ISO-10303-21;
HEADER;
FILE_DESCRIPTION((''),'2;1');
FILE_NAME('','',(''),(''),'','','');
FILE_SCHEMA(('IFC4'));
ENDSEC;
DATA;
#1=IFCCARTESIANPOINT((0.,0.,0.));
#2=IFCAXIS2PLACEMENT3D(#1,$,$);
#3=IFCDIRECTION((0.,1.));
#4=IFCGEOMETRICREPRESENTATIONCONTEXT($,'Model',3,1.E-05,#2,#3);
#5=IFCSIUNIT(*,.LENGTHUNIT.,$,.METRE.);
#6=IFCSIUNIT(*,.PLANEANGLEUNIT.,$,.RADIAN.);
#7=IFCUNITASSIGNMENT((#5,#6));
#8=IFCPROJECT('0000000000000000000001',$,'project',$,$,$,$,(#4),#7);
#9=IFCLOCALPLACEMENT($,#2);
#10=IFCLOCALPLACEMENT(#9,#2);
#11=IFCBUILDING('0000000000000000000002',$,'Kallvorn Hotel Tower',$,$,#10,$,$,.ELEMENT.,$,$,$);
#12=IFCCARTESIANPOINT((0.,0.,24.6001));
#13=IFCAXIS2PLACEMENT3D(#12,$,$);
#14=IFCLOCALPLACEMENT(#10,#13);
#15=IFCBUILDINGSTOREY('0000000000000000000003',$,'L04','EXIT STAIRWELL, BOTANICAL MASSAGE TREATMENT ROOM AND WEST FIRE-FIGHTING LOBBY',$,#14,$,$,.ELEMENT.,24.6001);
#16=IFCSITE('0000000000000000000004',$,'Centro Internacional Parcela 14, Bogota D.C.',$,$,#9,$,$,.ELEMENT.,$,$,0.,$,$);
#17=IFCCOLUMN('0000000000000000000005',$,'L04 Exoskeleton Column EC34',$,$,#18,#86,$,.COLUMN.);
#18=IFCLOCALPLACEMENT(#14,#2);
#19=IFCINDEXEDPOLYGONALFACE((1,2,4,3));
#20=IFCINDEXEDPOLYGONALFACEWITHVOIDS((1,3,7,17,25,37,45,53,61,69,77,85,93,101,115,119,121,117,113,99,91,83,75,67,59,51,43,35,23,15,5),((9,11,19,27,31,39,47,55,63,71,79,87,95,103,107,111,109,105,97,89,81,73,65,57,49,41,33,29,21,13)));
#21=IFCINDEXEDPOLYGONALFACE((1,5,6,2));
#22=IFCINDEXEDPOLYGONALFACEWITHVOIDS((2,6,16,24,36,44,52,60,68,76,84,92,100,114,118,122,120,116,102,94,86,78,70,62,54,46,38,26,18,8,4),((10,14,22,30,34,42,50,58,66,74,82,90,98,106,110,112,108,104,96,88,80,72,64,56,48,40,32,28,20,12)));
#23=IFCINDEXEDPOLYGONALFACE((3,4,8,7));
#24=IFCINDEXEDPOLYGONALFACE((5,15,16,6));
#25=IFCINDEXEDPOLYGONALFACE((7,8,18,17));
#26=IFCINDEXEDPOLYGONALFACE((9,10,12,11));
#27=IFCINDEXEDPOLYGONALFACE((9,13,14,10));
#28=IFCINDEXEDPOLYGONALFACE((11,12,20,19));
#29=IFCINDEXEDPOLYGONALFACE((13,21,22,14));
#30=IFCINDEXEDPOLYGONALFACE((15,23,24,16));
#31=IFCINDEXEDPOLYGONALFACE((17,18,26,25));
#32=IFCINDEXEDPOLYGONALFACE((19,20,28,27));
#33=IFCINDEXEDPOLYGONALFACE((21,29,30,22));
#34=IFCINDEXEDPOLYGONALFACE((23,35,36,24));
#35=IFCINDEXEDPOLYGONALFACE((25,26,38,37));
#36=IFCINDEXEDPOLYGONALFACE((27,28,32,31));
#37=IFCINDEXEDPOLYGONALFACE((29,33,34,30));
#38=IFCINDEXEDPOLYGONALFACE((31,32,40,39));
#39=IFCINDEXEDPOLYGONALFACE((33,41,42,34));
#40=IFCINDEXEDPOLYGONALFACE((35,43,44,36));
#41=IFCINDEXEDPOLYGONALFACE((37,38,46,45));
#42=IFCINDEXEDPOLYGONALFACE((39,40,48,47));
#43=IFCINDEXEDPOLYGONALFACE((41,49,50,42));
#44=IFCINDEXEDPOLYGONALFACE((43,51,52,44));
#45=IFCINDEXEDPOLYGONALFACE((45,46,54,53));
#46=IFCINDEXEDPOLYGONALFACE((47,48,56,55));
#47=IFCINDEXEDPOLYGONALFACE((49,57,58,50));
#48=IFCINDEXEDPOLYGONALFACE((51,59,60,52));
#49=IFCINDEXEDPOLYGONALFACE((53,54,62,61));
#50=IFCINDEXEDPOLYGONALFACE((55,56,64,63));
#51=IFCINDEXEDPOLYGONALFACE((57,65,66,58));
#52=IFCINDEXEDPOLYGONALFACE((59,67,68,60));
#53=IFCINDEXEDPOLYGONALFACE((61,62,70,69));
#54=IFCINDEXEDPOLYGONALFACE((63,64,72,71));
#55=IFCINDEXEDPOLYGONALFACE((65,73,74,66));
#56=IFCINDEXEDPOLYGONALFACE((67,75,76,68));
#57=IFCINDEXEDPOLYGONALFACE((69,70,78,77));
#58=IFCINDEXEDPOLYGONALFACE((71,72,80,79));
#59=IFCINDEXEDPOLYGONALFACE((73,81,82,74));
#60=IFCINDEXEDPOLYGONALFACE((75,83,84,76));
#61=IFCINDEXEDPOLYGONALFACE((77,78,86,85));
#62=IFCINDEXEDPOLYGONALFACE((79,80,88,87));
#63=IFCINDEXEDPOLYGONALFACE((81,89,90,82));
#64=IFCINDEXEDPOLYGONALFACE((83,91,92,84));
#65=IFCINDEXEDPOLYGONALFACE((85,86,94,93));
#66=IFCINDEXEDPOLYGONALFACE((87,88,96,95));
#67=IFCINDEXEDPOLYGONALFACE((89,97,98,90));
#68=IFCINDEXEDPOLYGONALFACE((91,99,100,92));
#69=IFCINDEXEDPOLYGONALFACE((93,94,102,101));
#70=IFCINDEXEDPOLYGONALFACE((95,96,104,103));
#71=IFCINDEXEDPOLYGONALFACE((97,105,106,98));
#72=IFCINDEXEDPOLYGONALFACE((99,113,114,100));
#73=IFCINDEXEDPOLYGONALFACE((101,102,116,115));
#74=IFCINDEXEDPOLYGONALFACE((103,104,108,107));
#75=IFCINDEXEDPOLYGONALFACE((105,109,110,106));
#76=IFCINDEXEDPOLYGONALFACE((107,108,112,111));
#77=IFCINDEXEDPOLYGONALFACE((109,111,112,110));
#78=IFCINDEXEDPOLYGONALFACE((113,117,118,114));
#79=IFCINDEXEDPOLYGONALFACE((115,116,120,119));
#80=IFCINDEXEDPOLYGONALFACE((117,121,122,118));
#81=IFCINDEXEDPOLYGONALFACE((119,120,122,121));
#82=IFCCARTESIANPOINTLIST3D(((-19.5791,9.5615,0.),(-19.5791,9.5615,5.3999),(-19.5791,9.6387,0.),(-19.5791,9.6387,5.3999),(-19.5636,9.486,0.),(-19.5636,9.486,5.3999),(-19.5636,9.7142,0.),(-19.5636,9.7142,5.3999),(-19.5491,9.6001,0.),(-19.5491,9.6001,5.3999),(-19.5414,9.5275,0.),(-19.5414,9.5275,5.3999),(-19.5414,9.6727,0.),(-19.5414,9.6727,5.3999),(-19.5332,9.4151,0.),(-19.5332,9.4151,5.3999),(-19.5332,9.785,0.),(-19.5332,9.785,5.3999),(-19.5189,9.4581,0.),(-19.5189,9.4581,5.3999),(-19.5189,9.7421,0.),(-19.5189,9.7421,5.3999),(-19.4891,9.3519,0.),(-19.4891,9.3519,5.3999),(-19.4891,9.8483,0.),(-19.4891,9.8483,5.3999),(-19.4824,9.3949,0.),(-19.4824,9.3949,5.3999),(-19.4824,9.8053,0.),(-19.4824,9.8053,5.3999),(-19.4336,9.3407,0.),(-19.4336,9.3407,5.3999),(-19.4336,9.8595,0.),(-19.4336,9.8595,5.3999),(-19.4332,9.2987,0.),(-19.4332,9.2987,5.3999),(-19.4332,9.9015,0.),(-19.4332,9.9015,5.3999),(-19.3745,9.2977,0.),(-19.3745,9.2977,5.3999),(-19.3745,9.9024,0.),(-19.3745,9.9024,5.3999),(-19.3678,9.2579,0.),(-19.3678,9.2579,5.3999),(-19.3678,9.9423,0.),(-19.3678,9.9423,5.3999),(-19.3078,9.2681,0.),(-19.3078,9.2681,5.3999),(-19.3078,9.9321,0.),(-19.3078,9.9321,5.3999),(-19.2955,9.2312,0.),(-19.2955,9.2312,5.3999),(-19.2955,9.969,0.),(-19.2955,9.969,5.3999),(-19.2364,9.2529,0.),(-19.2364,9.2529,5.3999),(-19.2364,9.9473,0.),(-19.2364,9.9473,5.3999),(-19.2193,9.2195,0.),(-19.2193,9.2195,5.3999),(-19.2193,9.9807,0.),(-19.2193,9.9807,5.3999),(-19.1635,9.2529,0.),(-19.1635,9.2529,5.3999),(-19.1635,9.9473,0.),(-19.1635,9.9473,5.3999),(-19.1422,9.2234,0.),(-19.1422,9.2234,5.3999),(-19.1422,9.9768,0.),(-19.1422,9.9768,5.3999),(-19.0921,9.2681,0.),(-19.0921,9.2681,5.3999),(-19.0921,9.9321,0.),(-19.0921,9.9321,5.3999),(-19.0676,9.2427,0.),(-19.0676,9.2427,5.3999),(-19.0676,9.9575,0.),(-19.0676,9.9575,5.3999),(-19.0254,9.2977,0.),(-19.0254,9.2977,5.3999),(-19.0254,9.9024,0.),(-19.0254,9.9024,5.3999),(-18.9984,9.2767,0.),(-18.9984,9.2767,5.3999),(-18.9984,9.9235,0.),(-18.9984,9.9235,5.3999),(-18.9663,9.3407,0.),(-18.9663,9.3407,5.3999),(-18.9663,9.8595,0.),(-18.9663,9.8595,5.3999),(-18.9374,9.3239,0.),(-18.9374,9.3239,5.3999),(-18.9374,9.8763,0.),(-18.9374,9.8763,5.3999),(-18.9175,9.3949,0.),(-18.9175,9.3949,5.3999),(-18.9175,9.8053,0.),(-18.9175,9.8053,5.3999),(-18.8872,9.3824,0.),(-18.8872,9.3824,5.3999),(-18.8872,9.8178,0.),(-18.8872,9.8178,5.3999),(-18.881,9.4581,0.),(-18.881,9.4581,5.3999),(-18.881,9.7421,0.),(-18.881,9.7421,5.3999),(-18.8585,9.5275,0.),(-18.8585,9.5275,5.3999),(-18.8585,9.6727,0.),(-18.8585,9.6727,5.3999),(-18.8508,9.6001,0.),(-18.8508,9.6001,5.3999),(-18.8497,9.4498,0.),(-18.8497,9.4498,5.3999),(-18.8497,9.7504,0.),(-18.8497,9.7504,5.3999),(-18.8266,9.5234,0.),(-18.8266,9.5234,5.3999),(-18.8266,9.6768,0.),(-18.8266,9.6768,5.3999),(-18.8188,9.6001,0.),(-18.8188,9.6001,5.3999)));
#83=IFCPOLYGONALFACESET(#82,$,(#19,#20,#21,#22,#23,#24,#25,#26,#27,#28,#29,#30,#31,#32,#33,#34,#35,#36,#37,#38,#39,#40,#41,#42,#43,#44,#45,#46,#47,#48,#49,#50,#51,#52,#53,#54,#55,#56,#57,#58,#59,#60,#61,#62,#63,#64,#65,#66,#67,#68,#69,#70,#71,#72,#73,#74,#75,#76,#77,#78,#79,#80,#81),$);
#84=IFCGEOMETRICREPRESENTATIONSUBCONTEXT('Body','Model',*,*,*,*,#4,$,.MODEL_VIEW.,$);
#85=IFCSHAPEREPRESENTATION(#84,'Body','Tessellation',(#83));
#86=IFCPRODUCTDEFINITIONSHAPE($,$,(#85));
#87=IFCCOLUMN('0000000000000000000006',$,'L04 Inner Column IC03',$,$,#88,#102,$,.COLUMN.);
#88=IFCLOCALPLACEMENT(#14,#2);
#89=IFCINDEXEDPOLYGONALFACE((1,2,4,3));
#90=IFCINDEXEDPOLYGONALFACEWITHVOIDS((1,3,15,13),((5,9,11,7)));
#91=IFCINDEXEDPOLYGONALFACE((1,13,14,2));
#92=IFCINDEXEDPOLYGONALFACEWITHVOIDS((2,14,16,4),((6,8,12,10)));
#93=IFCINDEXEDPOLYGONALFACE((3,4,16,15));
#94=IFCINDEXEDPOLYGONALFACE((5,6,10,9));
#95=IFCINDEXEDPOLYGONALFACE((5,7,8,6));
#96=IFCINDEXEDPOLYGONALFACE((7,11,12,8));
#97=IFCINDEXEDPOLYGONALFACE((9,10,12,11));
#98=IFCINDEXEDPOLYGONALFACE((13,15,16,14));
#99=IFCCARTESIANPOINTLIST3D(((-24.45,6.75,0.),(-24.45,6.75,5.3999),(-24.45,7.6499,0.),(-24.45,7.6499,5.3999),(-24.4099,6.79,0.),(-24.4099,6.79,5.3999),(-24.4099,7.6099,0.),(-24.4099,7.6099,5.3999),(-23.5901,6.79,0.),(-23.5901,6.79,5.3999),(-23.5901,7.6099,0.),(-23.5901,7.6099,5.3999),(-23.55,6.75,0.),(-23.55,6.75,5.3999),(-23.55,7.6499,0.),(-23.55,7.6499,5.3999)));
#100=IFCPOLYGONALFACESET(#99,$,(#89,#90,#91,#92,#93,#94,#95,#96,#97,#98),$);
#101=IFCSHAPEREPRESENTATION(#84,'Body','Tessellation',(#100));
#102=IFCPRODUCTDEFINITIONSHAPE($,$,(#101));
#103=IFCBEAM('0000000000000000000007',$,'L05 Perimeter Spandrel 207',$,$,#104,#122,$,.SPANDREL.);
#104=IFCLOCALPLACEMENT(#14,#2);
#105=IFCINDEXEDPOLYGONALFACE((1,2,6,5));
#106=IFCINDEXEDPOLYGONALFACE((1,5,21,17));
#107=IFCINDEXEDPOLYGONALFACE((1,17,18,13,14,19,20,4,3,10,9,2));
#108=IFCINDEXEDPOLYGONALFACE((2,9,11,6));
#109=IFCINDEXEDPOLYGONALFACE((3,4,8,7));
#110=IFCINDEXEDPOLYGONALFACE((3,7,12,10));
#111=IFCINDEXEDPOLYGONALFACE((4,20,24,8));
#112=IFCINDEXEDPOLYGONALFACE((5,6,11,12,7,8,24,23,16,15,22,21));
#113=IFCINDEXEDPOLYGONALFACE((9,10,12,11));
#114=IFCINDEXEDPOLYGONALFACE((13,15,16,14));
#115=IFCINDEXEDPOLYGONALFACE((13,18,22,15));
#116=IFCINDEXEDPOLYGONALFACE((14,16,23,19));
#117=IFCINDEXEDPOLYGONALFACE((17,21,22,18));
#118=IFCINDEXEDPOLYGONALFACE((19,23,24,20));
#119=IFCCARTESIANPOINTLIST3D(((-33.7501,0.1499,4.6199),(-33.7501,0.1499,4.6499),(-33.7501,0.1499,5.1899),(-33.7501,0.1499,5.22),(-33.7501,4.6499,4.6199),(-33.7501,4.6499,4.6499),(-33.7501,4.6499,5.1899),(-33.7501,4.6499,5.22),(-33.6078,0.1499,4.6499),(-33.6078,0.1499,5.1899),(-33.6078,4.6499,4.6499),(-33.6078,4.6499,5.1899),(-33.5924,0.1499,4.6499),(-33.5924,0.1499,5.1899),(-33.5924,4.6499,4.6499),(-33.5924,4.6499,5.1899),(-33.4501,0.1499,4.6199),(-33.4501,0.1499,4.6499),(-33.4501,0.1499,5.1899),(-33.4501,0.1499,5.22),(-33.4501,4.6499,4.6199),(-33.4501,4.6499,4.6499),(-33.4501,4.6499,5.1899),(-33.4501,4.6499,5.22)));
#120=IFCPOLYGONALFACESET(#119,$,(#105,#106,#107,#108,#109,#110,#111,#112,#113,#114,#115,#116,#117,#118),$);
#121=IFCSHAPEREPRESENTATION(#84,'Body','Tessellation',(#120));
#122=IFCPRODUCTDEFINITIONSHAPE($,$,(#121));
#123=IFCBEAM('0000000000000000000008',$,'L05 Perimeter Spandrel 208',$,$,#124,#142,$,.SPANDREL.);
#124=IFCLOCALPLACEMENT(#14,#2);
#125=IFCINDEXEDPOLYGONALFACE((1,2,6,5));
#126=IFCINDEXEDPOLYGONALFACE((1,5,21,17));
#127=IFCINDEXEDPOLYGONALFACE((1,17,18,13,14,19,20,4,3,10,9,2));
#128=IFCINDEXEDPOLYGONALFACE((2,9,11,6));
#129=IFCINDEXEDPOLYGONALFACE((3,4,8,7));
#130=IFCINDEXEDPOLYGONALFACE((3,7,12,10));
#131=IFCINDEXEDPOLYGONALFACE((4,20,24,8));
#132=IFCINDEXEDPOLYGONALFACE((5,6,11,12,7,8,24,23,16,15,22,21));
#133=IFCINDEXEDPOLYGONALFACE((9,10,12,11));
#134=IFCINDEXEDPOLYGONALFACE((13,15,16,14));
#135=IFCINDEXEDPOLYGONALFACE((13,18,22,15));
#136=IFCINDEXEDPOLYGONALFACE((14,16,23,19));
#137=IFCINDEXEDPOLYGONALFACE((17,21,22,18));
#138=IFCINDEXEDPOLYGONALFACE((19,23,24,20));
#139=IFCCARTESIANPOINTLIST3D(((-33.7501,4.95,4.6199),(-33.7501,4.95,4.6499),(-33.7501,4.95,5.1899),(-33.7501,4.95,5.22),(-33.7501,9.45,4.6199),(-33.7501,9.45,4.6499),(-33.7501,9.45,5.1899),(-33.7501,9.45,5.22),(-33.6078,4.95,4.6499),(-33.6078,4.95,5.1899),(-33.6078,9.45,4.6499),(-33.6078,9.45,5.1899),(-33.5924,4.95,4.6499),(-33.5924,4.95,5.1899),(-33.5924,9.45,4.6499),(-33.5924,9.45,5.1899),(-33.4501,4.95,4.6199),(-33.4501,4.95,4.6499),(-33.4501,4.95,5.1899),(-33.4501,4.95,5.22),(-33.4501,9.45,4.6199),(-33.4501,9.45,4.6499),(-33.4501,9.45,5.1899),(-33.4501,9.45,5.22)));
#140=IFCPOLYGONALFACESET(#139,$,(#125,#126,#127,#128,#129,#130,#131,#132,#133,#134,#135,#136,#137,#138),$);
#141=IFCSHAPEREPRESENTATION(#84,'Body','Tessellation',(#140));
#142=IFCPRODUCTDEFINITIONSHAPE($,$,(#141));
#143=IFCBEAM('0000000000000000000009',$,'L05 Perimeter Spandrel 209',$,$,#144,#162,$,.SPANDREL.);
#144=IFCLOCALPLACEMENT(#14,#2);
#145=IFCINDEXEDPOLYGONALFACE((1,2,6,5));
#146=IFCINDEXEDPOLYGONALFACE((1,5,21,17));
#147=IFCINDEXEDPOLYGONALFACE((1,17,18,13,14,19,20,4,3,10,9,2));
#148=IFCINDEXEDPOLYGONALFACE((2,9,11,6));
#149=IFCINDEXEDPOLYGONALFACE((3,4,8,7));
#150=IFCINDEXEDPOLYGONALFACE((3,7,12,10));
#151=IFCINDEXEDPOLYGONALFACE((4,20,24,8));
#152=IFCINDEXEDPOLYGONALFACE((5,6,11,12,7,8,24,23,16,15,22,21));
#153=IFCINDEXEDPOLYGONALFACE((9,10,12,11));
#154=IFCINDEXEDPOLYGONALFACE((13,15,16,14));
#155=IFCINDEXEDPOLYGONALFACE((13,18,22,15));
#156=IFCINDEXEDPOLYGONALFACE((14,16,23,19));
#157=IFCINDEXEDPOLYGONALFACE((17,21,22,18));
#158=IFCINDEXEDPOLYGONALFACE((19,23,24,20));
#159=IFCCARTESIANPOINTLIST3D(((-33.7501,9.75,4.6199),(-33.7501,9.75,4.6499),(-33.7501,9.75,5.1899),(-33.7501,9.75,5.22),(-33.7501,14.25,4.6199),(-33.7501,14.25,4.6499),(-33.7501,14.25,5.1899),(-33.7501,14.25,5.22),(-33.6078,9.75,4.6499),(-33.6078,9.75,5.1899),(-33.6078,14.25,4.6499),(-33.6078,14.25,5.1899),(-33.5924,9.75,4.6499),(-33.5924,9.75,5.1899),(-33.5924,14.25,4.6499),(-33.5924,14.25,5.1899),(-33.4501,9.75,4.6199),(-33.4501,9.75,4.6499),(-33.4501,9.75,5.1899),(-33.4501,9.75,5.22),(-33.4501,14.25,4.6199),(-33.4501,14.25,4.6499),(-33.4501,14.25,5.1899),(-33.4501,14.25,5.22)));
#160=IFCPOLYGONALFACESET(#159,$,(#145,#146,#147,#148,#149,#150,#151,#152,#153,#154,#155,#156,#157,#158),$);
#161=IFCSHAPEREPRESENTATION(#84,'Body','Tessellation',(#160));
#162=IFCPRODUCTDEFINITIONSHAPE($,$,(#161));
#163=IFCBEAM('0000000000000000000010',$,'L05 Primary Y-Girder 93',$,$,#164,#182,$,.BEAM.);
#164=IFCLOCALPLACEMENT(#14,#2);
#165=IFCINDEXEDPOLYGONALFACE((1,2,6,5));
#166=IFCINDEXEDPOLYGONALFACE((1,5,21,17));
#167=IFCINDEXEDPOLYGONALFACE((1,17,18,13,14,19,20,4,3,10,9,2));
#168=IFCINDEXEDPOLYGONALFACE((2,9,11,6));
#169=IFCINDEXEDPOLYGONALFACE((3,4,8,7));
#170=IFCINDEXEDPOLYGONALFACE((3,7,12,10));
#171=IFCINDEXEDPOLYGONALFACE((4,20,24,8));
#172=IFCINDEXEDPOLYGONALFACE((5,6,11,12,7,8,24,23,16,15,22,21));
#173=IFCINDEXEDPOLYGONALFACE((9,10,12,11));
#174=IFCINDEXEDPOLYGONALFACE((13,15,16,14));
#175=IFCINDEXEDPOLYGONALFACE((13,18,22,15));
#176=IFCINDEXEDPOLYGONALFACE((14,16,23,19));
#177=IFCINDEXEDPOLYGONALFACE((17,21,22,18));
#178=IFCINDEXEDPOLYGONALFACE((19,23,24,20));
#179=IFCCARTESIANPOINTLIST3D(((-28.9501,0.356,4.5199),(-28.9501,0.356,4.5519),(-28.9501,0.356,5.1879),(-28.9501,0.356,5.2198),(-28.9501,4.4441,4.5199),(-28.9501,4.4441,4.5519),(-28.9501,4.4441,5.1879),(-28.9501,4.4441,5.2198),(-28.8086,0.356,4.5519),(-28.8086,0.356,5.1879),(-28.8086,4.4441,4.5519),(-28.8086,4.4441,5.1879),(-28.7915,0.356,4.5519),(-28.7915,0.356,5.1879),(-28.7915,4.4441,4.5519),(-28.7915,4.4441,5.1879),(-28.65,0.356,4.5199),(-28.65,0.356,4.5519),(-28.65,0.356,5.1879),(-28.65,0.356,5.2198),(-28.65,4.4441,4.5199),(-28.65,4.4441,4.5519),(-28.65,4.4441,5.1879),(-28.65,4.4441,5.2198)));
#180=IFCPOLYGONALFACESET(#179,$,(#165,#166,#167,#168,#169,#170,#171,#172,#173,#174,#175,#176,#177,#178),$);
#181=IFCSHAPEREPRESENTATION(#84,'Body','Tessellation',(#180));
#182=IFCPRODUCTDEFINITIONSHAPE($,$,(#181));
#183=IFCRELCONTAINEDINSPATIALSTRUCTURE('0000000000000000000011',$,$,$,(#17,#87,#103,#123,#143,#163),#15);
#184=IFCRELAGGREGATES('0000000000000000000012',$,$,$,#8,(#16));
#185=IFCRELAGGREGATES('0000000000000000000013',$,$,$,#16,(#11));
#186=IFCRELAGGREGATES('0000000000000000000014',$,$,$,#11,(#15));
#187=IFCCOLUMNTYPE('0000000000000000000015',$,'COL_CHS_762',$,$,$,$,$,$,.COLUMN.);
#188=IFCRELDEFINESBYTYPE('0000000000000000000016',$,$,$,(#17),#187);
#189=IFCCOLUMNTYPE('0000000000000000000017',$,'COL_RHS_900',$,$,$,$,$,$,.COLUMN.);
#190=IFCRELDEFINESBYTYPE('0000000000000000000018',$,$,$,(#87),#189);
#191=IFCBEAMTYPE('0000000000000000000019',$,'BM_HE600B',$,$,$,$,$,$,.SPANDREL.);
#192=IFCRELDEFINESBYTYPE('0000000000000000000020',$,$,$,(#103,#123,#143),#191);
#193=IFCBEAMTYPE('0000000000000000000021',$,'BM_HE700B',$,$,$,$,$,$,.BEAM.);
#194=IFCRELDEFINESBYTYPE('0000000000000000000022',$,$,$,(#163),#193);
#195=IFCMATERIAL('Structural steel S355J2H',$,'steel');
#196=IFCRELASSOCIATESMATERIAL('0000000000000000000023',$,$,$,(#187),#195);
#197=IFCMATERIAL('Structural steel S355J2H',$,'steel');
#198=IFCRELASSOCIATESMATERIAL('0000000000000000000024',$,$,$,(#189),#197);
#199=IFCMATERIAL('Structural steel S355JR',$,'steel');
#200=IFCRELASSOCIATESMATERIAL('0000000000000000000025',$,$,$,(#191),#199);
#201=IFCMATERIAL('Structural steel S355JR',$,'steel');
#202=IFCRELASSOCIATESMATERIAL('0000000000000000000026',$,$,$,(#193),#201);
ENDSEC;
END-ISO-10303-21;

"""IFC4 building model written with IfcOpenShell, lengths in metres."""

from ifc_helpers import new_model, si_unit, direction, frame, origin, origin_2d, place, context, subcontext, project, spatial, hollow_rectangle, hollow_circle, i_section, extrude, material, material_profile, profile_set, type_object, element, save


model = new_model("IFC4")

# Units and contexts
model_context = context("Model", 3, precision=1e-05, world=origin(), true_north=direction((0.0, 1.0)))
body_context = subcontext(model_context, "Body", "Model", "MODEL_VIEW")
ifc_project = project(units=[si_unit("LENGTHUNIT", "METRE"), si_unit("PLANEANGLEUNIT", "RADIAN")], contexts=[model_context])

# Site, building, storey
site_placement = place(None, origin())
site = spatial("IfcSite", under=ifc_project, at=site_placement, Name="Centro Internacional Parcela 14, Bogota D.C.", CompositionType="ELEMENT", RefElevation=0.0)
building_placement = place(site_placement, origin())
building = spatial("IfcBuilding", under=site, at=building_placement, Name="Kallvorn Hotel Tower", CompositionType="ELEMENT")
storey_placement = place(building_placement, frame((0.0, 0.0, 24.6001)))
storey = spatial("IfcBuildingStorey", under=building, at=storey_placement, Name="L04", Description="EXIT STAIRWELL, BOTANICAL MASSAGE TREATMENT ROOM AND WEST FIRE-FIGHTING LOBBY", CompositionType="ELEMENT", Elevation=24.6001)

# Columns
ifc_material_1 = material(Name="Structural steel S355J2H", Category="steel")
ifc_material_profile_1 = material_profile(ifc_material_1, hollow_circle(Radius=0.3811, WallThickness=0.032, at=origin_2d()), Name="CHS 762x32")
ifc_profile_set_1 = profile_set([ifc_material_profile_1], Name="Structural steel S355J2H")
column_type_1 = type_object("IfcColumnType", Name="COL_CHS_762", PredefinedType="COLUMN", material=ifc_profile_set_1)
for number, where, z_axis, x_axis, name in (
    (1, (-19.2, 9.6001, 0.0), (0.0, 0.0, 1.0), (1.0, 0.0, 0.0), "L04 Exoskeleton Column EC34"),
):
    element("IfcColumn", number, at=place(storey_placement, frame(where, z_axis=z_axis, x_axis=x_axis)), inside=storey, type_object=column_type_1, Name=name, PredefinedType="COLUMN", context=body_context, shape_type="SweptSolid", body=[
        extrude(hollow_circle(Radius=0.3811, WallThickness=0.032, at=origin_2d()), origin(), (0.0, 0.0, 1.0), 5.3999),
    ])
ifc_material_2 = material(Name="Structural steel S355J2H", Category="steel")
ifc_material_profile_2 = material_profile(ifc_material_2, hollow_rectangle(XDim=0.8999, YDim=0.8999, WallThickness=0.04, at=origin_2d()), Name="RHS 900x900x40")
ifc_profile_set_2 = profile_set([ifc_material_profile_2], Name="Structural steel S355J2H")
column_type_2 = type_object("IfcColumnType", Name="COL_RHS_900", PredefinedType="COLUMN", material=ifc_profile_set_2)
column_placement = place(storey_placement, frame((-24.0, 7.2, 0.0), z_axis=(0.0, 0.0, 1.0), x_axis=(1.0, 0.0, 0.0)))
element("IfcColumn", 2, at=column_placement, inside=storey, type_object=column_type_2, Name="L04 Inner Column IC03", PredefinedType="COLUMN", context=body_context, shape_type="SweptSolid", body=[
    extrude(hollow_rectangle(XDim=0.8999, YDim=0.8999, WallThickness=0.04, at=origin_2d()), origin(), (0.0, 0.0, 1.0), 5.3999),
])

# Beams
ifc_material_3 = material(Name="Structural steel S355JR", Category="steel")
ifc_material_profile_3 = material_profile(ifc_material_3, i_section(OverallWidth=0.3, OverallDepth=0.6001, WebThickness=0.0154, FlangeThickness=0.03, at=origin_2d()), Name="HE 600 B")
ifc_profile_set_3 = profile_set([ifc_material_profile_3], Name="Structural steel S355JR")
beam_type_1 = type_object("IfcBeamType", Name="BM_HE600B", PredefinedType="SPANDREL", material=ifc_profile_set_3)
for number, where, z_axis, x_axis, name in (
    (3, (-33.6001, 0.1499, 4.9199), (0.0, 1.0, 0.0), (-1.0, 0.0, 0.0), "L05 Perimeter Spandrel 207"),
    (4, (-33.6001, 4.95, 4.9199), (0.0, 1.0, 0.0), (-1.0, 0.0, 0.0), "L05 Perimeter Spandrel 208"),
    (5, (-33.6001, 9.75, 4.9199), (0.0, 1.0, 0.0), (-1.0, 0.0, 0.0), "L05 Perimeter Spandrel 209"),
):
    element("IfcBeam", number, at=place(storey_placement, frame(where, z_axis=z_axis, x_axis=x_axis)), inside=storey, type_object=beam_type_1, Name=name, PredefinedType="SPANDREL", context=body_context, shape_type="SweptSolid", body=[
        extrude(i_section(OverallWidth=0.3, OverallDepth=0.6001, WebThickness=0.0154, FlangeThickness=0.03, at=origin_2d()), origin(), (0.0, 0.0, 1.0), 4.5),
    ])
ifc_material_4 = material(Name="Structural steel S355JR", Category="steel")
ifc_material_profile_4 = material_profile(ifc_material_4, i_section(OverallWidth=0.3, OverallDepth=0.7, WebThickness=0.0171, FlangeThickness=0.032, at=origin_2d()), Name="HE 700 B")
ifc_profile_set_4 = profile_set([ifc_material_profile_4], Name="Structural steel S355JR")
beam_type_2 = type_object("IfcBeamType", Name="BM_HE700B", PredefinedType="BEAM", material=ifc_profile_set_4)
beam_1_placement = place(storey_placement, frame((-28.8, 0.356, 4.8699), z_axis=(0.0, 1.0, 0.0), x_axis=(-1.0, 0.0, 0.0)))
element("IfcBeam", 6, at=beam_1_placement, inside=storey, type_object=beam_type_2, Name="L05 Primary Y-Girder 93", PredefinedType="BEAM", context=body_context, shape_type="SweptSolid", body=[
    extrude(i_section(OverallWidth=0.3, OverallDepth=0.7, WebThickness=0.0171, FlangeThickness=0.032, at=origin_2d()), origin(), (0.0, 0.0, 1.0), 4.0881),
])

save(model, "model.ifc")
